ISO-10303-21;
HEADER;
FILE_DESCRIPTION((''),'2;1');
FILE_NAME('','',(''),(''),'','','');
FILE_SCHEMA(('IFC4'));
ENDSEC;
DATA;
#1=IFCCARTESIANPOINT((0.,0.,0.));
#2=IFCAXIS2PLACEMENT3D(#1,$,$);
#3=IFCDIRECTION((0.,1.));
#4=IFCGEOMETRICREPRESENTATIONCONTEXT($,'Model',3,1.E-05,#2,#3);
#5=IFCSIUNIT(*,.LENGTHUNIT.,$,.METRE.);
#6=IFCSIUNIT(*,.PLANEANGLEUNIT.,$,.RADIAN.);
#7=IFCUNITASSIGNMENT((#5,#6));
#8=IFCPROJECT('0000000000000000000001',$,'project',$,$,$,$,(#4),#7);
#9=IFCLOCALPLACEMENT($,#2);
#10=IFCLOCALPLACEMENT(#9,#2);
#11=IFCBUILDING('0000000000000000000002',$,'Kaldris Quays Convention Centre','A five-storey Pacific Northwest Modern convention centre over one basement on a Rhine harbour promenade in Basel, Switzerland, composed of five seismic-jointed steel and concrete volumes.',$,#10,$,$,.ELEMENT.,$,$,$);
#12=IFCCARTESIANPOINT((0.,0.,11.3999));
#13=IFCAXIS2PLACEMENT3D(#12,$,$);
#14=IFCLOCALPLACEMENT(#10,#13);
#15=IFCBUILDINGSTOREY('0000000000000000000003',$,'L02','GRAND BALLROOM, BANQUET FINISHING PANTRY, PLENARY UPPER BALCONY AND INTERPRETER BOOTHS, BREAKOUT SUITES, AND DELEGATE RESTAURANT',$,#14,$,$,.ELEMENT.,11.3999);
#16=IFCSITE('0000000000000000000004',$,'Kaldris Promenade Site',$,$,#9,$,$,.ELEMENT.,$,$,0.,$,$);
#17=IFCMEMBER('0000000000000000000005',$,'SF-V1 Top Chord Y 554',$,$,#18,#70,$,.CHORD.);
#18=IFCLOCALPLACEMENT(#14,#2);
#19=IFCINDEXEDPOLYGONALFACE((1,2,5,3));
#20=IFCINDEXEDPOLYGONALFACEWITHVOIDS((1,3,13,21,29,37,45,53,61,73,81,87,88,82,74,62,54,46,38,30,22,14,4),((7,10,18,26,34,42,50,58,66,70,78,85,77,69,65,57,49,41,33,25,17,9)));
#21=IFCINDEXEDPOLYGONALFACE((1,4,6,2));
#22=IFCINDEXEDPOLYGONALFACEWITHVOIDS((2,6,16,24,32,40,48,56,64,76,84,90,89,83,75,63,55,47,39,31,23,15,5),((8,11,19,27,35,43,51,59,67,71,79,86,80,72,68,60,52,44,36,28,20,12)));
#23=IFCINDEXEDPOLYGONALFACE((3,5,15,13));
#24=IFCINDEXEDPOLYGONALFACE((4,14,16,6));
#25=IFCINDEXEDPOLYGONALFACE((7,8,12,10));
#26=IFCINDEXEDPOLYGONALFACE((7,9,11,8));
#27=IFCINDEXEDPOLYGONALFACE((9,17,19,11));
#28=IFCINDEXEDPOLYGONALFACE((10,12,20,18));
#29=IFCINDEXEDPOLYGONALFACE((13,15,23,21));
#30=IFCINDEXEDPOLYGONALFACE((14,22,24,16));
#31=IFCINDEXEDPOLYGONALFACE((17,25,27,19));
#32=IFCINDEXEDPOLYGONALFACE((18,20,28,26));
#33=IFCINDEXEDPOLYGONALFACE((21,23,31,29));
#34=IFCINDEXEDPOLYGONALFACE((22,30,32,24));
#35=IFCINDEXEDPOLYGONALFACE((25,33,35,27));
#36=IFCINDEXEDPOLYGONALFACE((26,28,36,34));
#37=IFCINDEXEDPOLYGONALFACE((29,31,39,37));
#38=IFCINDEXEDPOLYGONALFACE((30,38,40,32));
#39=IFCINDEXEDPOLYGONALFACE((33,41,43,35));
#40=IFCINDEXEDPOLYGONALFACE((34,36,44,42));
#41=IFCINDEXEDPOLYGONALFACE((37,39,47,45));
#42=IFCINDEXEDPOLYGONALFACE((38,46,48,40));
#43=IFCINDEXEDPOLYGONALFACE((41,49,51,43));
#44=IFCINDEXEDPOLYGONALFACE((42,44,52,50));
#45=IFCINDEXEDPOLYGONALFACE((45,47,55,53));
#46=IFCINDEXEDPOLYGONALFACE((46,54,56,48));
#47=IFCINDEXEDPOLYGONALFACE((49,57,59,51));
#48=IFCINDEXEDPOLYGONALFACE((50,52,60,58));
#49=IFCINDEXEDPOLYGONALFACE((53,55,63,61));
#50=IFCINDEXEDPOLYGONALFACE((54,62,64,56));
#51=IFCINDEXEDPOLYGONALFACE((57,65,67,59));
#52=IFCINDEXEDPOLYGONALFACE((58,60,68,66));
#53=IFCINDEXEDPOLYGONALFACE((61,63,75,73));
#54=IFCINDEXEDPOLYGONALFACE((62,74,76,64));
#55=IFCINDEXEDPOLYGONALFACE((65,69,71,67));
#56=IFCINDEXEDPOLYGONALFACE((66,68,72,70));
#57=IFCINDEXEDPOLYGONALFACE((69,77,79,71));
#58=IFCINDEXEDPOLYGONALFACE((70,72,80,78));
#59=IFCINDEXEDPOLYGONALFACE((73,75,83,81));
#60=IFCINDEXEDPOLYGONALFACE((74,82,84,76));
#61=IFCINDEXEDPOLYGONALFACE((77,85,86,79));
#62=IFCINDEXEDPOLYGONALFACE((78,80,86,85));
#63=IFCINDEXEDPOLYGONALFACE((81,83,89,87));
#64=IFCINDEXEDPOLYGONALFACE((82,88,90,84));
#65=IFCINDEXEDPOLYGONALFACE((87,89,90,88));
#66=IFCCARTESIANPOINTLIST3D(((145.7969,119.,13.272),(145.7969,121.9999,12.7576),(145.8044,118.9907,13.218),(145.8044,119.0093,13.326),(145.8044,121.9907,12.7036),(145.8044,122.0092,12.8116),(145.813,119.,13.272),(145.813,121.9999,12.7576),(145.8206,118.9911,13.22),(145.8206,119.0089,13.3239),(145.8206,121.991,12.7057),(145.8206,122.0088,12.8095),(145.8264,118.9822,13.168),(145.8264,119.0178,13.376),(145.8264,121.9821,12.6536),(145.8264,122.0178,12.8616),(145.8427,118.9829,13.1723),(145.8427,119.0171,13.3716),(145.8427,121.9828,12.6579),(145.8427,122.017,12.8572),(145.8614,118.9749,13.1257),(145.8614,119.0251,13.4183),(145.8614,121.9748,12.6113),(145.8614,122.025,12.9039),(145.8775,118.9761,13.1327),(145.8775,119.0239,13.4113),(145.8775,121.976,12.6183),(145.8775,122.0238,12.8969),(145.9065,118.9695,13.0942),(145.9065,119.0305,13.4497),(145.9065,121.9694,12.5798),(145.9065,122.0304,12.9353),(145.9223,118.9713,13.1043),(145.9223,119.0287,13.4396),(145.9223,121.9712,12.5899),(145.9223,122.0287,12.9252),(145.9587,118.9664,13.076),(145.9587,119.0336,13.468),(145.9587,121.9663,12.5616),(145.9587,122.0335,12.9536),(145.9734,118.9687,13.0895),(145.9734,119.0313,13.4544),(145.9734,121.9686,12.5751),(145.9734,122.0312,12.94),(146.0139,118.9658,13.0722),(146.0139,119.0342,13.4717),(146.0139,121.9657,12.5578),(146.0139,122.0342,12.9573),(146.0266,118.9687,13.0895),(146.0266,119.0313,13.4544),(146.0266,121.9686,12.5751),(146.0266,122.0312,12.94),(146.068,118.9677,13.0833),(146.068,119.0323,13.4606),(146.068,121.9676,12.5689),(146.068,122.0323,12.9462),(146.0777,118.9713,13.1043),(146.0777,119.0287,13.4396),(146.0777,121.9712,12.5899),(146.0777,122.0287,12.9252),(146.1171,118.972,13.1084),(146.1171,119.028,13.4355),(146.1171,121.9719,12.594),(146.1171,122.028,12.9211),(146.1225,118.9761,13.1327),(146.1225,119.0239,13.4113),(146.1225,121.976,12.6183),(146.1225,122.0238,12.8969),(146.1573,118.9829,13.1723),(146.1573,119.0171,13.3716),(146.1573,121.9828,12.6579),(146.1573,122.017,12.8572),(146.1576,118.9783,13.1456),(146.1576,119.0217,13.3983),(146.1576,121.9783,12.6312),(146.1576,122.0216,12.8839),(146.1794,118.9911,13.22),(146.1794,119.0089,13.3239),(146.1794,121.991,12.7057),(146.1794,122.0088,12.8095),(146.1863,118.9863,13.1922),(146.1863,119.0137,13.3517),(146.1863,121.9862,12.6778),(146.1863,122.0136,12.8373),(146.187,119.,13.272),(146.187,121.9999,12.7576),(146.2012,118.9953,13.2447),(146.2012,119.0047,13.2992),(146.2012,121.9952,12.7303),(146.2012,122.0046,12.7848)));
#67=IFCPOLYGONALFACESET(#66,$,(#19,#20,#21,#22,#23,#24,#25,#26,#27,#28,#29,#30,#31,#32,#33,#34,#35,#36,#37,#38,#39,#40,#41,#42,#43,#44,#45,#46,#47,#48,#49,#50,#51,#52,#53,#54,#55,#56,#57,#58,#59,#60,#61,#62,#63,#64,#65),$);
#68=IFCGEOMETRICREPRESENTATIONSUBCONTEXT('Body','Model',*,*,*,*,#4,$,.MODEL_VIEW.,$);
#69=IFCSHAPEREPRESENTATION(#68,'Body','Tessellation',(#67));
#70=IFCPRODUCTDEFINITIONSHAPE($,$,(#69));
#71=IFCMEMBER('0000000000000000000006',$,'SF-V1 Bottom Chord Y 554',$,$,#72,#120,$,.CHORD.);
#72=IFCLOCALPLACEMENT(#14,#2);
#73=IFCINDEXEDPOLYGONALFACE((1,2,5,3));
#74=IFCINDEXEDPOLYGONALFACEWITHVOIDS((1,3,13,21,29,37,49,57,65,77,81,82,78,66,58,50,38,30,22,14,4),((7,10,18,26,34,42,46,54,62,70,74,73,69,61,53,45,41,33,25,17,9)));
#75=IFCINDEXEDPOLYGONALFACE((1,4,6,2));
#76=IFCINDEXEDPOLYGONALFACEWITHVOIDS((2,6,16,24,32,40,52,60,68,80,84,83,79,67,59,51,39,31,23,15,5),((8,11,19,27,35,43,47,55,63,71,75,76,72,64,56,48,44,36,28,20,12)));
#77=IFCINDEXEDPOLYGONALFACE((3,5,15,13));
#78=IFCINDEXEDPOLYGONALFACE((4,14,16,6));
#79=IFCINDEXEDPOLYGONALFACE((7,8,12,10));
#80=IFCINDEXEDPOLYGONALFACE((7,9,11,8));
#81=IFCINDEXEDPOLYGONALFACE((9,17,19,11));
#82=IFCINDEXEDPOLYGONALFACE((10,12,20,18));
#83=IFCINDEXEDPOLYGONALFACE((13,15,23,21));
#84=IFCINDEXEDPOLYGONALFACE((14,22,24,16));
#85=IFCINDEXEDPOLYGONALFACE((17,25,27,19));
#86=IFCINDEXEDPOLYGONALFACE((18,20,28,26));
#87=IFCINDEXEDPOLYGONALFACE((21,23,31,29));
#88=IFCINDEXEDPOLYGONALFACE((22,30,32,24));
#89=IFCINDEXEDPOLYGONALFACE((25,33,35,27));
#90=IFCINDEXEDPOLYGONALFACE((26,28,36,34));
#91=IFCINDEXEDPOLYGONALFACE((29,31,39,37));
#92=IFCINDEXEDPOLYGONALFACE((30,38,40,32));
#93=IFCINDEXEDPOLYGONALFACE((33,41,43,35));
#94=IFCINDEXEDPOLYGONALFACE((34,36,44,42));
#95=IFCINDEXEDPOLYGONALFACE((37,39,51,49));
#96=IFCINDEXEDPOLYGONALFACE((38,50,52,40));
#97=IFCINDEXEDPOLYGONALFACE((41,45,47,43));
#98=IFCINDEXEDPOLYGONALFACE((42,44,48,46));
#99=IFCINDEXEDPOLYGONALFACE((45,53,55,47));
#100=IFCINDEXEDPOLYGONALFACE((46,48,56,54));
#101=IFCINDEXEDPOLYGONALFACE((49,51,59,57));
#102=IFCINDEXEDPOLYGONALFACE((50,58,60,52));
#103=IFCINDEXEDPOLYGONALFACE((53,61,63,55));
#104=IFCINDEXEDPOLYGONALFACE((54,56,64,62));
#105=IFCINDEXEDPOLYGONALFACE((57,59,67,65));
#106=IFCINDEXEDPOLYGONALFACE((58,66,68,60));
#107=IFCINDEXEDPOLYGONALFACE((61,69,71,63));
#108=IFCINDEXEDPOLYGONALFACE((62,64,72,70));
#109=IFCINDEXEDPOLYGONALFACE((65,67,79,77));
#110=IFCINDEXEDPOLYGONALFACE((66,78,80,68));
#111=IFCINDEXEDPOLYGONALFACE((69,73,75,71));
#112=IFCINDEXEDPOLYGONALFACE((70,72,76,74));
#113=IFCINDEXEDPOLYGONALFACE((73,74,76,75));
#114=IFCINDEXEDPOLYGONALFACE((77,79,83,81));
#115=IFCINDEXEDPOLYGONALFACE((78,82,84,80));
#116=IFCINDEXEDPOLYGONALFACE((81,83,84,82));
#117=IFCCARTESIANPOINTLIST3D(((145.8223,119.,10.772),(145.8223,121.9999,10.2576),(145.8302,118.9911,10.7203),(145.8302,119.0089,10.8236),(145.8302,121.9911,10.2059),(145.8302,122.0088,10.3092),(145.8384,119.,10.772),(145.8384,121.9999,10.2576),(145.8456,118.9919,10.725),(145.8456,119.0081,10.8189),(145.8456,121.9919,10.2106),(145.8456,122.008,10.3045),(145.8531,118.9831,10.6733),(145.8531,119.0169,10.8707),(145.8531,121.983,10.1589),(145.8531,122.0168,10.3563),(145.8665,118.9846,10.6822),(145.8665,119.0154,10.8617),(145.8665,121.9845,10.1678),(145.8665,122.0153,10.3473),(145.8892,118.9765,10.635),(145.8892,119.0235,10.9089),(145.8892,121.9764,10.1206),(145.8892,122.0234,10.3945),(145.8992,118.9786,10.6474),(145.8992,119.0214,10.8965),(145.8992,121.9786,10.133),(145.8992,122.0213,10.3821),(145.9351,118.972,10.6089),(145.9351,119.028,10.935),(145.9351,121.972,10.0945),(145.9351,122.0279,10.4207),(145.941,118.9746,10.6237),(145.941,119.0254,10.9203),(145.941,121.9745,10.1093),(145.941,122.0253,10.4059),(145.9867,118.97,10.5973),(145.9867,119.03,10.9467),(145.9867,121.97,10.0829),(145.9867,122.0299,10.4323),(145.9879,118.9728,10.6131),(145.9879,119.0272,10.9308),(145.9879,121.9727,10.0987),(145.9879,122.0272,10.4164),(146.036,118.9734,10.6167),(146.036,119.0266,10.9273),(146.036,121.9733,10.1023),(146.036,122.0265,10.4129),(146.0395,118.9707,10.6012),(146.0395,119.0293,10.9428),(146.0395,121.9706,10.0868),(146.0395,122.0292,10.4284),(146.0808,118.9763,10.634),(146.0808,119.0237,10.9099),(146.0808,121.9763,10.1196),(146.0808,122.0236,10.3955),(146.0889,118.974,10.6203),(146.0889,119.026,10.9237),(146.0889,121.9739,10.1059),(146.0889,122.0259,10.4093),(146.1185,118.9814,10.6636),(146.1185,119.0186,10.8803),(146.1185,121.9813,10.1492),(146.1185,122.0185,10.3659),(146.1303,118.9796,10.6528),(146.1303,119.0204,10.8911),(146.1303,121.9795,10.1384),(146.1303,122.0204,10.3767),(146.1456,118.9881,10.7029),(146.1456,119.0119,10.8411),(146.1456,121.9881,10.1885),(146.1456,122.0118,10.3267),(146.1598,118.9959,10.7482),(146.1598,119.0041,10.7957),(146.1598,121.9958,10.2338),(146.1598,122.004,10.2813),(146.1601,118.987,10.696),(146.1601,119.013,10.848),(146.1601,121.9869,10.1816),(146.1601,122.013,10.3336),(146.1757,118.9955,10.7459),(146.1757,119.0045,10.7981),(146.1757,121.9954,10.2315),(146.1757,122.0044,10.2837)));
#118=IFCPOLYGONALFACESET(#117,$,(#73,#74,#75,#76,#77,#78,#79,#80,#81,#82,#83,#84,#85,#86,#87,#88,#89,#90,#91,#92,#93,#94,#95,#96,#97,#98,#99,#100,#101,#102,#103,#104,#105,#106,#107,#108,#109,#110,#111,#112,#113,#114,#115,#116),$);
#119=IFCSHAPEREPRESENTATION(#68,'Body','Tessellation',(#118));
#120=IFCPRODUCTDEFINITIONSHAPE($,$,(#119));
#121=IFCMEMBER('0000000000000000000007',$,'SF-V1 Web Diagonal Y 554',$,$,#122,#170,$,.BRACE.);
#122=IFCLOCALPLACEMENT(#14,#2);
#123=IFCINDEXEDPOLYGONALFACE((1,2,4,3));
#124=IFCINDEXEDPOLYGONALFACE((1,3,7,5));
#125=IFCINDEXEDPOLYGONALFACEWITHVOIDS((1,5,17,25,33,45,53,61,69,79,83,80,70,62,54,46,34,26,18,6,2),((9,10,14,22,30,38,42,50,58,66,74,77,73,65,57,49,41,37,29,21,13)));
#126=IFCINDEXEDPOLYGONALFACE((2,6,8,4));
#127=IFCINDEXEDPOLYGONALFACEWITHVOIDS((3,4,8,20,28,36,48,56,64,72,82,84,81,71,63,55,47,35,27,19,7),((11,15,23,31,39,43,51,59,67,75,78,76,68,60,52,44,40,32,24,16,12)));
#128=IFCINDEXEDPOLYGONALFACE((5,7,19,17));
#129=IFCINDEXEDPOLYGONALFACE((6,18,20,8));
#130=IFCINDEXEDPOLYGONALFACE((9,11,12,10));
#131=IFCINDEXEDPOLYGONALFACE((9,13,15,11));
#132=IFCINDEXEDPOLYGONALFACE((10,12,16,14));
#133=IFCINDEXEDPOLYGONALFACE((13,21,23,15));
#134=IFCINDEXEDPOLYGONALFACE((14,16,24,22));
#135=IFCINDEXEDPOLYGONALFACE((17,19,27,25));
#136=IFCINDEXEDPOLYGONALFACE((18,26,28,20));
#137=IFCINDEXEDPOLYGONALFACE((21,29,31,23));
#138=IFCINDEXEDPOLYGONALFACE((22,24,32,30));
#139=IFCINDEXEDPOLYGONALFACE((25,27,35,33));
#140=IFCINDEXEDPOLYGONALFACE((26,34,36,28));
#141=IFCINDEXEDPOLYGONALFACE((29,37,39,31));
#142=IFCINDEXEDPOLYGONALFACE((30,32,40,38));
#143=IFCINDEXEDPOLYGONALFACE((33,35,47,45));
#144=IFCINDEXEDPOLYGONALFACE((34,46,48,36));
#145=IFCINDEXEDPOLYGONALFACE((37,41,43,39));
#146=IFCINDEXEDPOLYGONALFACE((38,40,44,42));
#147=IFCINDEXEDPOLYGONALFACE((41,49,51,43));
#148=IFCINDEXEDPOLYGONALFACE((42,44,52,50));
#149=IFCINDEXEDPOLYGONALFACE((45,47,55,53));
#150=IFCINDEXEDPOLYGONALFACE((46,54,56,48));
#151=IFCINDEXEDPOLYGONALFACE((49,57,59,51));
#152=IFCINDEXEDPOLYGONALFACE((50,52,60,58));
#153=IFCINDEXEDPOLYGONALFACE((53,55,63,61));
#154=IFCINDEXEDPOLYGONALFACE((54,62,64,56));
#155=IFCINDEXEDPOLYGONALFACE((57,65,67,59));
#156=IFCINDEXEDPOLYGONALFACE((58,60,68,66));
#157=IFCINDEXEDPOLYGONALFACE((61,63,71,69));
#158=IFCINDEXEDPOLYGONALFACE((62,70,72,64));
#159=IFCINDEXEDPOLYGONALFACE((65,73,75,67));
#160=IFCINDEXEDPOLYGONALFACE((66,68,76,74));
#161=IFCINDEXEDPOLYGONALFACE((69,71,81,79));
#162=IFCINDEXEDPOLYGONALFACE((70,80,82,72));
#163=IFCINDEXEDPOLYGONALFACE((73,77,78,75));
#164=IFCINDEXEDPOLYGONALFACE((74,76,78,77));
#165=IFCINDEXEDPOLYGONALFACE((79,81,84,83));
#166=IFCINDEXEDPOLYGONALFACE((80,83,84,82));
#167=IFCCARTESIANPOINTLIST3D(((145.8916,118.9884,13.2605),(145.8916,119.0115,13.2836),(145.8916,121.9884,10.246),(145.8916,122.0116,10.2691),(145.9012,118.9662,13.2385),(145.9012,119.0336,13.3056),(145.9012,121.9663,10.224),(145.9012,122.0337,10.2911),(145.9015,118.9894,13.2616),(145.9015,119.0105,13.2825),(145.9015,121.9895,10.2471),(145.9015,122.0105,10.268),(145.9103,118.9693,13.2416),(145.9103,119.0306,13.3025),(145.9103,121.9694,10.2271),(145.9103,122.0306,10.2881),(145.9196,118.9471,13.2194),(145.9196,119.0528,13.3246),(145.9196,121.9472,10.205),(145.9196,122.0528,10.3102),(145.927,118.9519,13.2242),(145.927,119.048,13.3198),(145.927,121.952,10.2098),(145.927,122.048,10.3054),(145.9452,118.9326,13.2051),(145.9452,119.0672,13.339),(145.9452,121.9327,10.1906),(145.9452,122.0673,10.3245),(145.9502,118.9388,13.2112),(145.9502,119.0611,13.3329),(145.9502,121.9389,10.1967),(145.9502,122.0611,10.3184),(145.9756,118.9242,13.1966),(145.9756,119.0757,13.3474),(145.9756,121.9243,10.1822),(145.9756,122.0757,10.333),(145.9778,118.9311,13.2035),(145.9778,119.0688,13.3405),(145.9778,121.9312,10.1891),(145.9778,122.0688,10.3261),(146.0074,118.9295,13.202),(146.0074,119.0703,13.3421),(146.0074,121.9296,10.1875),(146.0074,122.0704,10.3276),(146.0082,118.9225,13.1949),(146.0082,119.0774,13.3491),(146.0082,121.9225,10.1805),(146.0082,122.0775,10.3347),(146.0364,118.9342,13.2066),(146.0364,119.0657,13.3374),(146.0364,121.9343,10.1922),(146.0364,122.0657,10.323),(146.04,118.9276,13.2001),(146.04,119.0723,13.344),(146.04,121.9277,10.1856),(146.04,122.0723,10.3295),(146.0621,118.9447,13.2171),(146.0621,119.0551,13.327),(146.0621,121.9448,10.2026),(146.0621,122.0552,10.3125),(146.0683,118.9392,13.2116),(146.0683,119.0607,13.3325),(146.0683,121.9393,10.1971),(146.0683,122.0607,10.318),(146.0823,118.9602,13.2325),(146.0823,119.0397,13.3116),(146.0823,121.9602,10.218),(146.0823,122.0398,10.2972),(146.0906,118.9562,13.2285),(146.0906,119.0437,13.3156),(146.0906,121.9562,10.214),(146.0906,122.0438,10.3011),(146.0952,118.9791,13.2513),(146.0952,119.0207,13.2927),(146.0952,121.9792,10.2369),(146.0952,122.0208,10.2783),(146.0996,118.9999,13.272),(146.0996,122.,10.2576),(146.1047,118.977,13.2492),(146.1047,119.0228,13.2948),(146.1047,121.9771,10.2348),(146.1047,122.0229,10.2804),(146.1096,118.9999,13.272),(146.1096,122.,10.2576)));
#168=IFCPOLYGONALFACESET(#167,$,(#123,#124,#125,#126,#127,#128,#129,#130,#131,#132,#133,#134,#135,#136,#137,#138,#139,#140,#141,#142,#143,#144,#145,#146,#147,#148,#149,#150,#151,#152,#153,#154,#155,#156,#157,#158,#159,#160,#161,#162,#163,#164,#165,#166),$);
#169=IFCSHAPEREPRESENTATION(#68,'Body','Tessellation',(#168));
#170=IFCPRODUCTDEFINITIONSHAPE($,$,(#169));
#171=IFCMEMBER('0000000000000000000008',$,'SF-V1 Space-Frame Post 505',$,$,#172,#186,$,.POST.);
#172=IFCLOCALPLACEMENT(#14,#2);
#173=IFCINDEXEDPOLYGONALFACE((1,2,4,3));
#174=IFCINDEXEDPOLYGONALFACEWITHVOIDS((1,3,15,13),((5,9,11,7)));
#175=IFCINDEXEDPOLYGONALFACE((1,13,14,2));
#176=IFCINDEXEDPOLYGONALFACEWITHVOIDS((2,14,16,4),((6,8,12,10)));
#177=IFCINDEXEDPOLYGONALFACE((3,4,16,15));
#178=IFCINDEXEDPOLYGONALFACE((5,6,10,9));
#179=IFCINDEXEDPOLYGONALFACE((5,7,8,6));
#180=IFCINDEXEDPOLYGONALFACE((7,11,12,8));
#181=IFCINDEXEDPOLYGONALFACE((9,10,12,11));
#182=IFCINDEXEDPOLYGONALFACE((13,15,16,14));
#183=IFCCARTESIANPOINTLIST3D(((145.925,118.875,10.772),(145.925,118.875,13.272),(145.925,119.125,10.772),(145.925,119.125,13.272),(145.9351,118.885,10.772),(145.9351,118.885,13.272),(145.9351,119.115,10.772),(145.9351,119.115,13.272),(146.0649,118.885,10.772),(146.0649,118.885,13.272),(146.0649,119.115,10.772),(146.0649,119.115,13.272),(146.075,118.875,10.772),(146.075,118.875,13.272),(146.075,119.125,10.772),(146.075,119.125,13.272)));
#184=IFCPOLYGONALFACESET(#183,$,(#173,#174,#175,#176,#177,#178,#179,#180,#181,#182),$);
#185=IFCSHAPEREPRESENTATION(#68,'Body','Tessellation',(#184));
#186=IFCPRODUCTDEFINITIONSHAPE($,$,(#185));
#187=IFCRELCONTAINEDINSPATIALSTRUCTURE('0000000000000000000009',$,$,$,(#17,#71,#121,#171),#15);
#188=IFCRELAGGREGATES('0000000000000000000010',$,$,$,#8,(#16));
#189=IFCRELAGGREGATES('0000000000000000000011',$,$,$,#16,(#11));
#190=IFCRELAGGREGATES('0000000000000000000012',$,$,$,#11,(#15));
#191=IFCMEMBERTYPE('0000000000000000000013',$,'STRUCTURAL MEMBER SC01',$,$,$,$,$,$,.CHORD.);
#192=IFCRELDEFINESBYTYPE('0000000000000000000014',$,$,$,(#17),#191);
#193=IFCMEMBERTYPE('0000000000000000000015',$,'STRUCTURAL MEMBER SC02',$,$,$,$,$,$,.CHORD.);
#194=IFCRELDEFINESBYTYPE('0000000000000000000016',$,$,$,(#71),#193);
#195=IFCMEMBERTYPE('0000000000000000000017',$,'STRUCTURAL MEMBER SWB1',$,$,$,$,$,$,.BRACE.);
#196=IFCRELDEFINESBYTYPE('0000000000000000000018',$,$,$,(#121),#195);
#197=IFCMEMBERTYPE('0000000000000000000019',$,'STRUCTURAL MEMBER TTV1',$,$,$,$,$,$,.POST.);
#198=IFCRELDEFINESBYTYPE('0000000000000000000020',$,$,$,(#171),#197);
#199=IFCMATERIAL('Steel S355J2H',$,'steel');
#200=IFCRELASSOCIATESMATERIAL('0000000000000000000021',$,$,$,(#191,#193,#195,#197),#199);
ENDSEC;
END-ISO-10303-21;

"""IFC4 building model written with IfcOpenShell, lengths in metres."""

from ifc_helpers import new_model, si_unit, direction, frame, origin, origin_2d, place, context, subcontext, project, spatial, hollow_rectangle, hollow_circle, extrude, material, material_profile, profile_set, type_object, element, save


model = new_model("IFC4")

# Units and contexts
model_context = context("Model", 3, precision=1e-05, world=origin(), true_north=direction((0.0, 1.0)))
body_context = subcontext(model_context, "Body", "Model", "MODEL_VIEW")
ifc_project = project(units=[si_unit("LENGTHUNIT", "METRE"), si_unit("PLANEANGLEUNIT", "RADIAN")], contexts=[model_context])

# Site, building, storey
site_placement = place(None, origin())
site = spatial("IfcSite", under=ifc_project, at=site_placement, Name="Kaldris Promenade Site", CompositionType="ELEMENT", RefElevation=0.0)
building_placement = place(site_placement, origin())
building = spatial("IfcBuilding", under=site, at=building_placement, Name="Kaldris Quays Convention Centre", Description="A five-storey Pacific Northwest Modern convention centre over one basement on a Rhine harbour promenade in Basel, Switzerland, composed of five seismic-jointed steel and concrete volumes.", CompositionType="ELEMENT")
storey_placement = place(building_placement, frame((0.0, 0.0, 11.3999)))
storey = spatial("IfcBuildingStorey", under=building, at=storey_placement, Name="L02", Description="GRAND BALLROOM, BANQUET FINISHING PANTRY, PLENARY UPPER BALCONY AND INTERPRETER BOOTHS, BREAKOUT SUITES, AND DELEGATE RESTAURANT", CompositionType="ELEMENT", Elevation=11.3999)

# Members
ifc_material_1 = material(Name="Steel S355J2H", Category="steel")
ifc_material_profile_1 = material_profile(ifc_material_1, hollow_circle(Radius=0.2031, WallThickness=0.0161, at=origin_2d()), Name="CHS 406.4x16")
ifc_profile_set_1 = profile_set([ifc_material_profile_1], Name="Steel S355J2H")
member_type_1 = type_object("IfcMemberType", Name="STRUCTURAL MEMBER SC01", PredefinedType="CHORD", material=ifc_profile_set_1)
member_1_placement = place(storey_placement, frame((146.0, 119.0, 13.272), z_axis=(0.0, 0.985616, -0.169002), x_axis=(-1.0, 0.0, 0.0)))
element("IfcMember", 1, at=member_1_placement, inside=storey, type_object=member_type_1, Name="SF-V1 Top Chord Y 554", PredefinedType="CHORD", context=body_context, shape_type="SweptSolid", body=[
    extrude(hollow_circle(Radius=0.2031, WallThickness=0.0161, at=origin_2d()), origin(), (0.0, 0.0, 1.0), 3.0437),
])
ifc_material_profile_2 = material_profile(ifc_material_1, hollow_circle(Radius=0.1777, WallThickness=0.0161, at=origin_2d()), Name="CHS 355.6x16")
ifc_profile_set_2 = profile_set([ifc_material_profile_2], Name="Steel S355J2H")
member_type_2 = type_object("IfcMemberType", Name="STRUCTURAL MEMBER SC02", PredefinedType="CHORD", material=ifc_profile_set_2)
member_2_placement = place(storey_placement, frame((146.0, 119.0, 10.772), z_axis=(0.0, 0.985616, -0.169002), x_axis=(-1.0, 0.0, 0.0)))
element("IfcMember", 2, at=member_2_placement, inside=storey, type_object=member_type_2, Name="SF-V1 Bottom Chord Y 554", PredefinedType="CHORD", context=body_context, shape_type="SweptSolid", body=[
    extrude(hollow_circle(Radius=0.1777, WallThickness=0.0161, at=origin_2d()), origin(), (0.0, 0.0, 1.0), 3.0437),
])
ifc_material_profile_3 = material_profile(ifc_material_1, hollow_circle(Radius=0.1096, WallThickness=0.01, at=origin_2d()), Name="CHS 219.1x10")
ifc_profile_set_3 = profile_set([ifc_material_profile_3], Name="Steel S355J2H")
member_type_3 = type_object("IfcMemberType", Name="STRUCTURAL MEMBER SWB1", PredefinedType="BRACE", material=ifc_profile_set_3)
member_3_placement = place(storey_placement, frame((146.0, 122.0, 10.2576), z_axis=(0.0, -0.705411, 0.708798), x_axis=(1.0, 0.0, 0.0)))
element("IfcMember", 3, at=member_3_placement, inside=storey, type_object=member_type_3, Name="SF-V1 Web Diagonal Y 554", PredefinedType="BRACE", context=body_context, shape_type="SweptSolid", body=[
    extrude(hollow_circle(Radius=0.1096, WallThickness=0.01, at=origin_2d()), origin(), (0.0, 0.0, 1.0), 4.2529),
])
ifc_material_profile_4 = material_profile(ifc_material_1, hollow_rectangle(XDim=0.1499, YDim=0.25, WallThickness=0.01, at=origin_2d()), Name="RHS 250x150x10")
ifc_profile_set_4 = profile_set([ifc_material_profile_4], Name="Steel S355J2H")
member_type_4 = type_object("IfcMemberType", Name="STRUCTURAL MEMBER TTV1", PredefinedType="POST", material=ifc_profile_set_4)
member_4_placement = place(storey_placement, frame((146.0, 119.0, 10.772), z_axis=(0.0, 0.0, 1.0), x_axis=(1.0, 0.0, 0.0)))
element("IfcMember", 4, at=member_4_placement, inside=storey, type_object=member_type_4, Name="SF-V1 Space-Frame Post 505", PredefinedType="POST", context=body_context, shape_type="SweptSolid", body=[
    extrude(hollow_rectangle(XDim=0.1499, YDim=0.25, WallThickness=0.01, at=origin_2d()), origin(), (0.0, 0.0, 1.0), 2.5),
])

save(model, "model.ifc")
